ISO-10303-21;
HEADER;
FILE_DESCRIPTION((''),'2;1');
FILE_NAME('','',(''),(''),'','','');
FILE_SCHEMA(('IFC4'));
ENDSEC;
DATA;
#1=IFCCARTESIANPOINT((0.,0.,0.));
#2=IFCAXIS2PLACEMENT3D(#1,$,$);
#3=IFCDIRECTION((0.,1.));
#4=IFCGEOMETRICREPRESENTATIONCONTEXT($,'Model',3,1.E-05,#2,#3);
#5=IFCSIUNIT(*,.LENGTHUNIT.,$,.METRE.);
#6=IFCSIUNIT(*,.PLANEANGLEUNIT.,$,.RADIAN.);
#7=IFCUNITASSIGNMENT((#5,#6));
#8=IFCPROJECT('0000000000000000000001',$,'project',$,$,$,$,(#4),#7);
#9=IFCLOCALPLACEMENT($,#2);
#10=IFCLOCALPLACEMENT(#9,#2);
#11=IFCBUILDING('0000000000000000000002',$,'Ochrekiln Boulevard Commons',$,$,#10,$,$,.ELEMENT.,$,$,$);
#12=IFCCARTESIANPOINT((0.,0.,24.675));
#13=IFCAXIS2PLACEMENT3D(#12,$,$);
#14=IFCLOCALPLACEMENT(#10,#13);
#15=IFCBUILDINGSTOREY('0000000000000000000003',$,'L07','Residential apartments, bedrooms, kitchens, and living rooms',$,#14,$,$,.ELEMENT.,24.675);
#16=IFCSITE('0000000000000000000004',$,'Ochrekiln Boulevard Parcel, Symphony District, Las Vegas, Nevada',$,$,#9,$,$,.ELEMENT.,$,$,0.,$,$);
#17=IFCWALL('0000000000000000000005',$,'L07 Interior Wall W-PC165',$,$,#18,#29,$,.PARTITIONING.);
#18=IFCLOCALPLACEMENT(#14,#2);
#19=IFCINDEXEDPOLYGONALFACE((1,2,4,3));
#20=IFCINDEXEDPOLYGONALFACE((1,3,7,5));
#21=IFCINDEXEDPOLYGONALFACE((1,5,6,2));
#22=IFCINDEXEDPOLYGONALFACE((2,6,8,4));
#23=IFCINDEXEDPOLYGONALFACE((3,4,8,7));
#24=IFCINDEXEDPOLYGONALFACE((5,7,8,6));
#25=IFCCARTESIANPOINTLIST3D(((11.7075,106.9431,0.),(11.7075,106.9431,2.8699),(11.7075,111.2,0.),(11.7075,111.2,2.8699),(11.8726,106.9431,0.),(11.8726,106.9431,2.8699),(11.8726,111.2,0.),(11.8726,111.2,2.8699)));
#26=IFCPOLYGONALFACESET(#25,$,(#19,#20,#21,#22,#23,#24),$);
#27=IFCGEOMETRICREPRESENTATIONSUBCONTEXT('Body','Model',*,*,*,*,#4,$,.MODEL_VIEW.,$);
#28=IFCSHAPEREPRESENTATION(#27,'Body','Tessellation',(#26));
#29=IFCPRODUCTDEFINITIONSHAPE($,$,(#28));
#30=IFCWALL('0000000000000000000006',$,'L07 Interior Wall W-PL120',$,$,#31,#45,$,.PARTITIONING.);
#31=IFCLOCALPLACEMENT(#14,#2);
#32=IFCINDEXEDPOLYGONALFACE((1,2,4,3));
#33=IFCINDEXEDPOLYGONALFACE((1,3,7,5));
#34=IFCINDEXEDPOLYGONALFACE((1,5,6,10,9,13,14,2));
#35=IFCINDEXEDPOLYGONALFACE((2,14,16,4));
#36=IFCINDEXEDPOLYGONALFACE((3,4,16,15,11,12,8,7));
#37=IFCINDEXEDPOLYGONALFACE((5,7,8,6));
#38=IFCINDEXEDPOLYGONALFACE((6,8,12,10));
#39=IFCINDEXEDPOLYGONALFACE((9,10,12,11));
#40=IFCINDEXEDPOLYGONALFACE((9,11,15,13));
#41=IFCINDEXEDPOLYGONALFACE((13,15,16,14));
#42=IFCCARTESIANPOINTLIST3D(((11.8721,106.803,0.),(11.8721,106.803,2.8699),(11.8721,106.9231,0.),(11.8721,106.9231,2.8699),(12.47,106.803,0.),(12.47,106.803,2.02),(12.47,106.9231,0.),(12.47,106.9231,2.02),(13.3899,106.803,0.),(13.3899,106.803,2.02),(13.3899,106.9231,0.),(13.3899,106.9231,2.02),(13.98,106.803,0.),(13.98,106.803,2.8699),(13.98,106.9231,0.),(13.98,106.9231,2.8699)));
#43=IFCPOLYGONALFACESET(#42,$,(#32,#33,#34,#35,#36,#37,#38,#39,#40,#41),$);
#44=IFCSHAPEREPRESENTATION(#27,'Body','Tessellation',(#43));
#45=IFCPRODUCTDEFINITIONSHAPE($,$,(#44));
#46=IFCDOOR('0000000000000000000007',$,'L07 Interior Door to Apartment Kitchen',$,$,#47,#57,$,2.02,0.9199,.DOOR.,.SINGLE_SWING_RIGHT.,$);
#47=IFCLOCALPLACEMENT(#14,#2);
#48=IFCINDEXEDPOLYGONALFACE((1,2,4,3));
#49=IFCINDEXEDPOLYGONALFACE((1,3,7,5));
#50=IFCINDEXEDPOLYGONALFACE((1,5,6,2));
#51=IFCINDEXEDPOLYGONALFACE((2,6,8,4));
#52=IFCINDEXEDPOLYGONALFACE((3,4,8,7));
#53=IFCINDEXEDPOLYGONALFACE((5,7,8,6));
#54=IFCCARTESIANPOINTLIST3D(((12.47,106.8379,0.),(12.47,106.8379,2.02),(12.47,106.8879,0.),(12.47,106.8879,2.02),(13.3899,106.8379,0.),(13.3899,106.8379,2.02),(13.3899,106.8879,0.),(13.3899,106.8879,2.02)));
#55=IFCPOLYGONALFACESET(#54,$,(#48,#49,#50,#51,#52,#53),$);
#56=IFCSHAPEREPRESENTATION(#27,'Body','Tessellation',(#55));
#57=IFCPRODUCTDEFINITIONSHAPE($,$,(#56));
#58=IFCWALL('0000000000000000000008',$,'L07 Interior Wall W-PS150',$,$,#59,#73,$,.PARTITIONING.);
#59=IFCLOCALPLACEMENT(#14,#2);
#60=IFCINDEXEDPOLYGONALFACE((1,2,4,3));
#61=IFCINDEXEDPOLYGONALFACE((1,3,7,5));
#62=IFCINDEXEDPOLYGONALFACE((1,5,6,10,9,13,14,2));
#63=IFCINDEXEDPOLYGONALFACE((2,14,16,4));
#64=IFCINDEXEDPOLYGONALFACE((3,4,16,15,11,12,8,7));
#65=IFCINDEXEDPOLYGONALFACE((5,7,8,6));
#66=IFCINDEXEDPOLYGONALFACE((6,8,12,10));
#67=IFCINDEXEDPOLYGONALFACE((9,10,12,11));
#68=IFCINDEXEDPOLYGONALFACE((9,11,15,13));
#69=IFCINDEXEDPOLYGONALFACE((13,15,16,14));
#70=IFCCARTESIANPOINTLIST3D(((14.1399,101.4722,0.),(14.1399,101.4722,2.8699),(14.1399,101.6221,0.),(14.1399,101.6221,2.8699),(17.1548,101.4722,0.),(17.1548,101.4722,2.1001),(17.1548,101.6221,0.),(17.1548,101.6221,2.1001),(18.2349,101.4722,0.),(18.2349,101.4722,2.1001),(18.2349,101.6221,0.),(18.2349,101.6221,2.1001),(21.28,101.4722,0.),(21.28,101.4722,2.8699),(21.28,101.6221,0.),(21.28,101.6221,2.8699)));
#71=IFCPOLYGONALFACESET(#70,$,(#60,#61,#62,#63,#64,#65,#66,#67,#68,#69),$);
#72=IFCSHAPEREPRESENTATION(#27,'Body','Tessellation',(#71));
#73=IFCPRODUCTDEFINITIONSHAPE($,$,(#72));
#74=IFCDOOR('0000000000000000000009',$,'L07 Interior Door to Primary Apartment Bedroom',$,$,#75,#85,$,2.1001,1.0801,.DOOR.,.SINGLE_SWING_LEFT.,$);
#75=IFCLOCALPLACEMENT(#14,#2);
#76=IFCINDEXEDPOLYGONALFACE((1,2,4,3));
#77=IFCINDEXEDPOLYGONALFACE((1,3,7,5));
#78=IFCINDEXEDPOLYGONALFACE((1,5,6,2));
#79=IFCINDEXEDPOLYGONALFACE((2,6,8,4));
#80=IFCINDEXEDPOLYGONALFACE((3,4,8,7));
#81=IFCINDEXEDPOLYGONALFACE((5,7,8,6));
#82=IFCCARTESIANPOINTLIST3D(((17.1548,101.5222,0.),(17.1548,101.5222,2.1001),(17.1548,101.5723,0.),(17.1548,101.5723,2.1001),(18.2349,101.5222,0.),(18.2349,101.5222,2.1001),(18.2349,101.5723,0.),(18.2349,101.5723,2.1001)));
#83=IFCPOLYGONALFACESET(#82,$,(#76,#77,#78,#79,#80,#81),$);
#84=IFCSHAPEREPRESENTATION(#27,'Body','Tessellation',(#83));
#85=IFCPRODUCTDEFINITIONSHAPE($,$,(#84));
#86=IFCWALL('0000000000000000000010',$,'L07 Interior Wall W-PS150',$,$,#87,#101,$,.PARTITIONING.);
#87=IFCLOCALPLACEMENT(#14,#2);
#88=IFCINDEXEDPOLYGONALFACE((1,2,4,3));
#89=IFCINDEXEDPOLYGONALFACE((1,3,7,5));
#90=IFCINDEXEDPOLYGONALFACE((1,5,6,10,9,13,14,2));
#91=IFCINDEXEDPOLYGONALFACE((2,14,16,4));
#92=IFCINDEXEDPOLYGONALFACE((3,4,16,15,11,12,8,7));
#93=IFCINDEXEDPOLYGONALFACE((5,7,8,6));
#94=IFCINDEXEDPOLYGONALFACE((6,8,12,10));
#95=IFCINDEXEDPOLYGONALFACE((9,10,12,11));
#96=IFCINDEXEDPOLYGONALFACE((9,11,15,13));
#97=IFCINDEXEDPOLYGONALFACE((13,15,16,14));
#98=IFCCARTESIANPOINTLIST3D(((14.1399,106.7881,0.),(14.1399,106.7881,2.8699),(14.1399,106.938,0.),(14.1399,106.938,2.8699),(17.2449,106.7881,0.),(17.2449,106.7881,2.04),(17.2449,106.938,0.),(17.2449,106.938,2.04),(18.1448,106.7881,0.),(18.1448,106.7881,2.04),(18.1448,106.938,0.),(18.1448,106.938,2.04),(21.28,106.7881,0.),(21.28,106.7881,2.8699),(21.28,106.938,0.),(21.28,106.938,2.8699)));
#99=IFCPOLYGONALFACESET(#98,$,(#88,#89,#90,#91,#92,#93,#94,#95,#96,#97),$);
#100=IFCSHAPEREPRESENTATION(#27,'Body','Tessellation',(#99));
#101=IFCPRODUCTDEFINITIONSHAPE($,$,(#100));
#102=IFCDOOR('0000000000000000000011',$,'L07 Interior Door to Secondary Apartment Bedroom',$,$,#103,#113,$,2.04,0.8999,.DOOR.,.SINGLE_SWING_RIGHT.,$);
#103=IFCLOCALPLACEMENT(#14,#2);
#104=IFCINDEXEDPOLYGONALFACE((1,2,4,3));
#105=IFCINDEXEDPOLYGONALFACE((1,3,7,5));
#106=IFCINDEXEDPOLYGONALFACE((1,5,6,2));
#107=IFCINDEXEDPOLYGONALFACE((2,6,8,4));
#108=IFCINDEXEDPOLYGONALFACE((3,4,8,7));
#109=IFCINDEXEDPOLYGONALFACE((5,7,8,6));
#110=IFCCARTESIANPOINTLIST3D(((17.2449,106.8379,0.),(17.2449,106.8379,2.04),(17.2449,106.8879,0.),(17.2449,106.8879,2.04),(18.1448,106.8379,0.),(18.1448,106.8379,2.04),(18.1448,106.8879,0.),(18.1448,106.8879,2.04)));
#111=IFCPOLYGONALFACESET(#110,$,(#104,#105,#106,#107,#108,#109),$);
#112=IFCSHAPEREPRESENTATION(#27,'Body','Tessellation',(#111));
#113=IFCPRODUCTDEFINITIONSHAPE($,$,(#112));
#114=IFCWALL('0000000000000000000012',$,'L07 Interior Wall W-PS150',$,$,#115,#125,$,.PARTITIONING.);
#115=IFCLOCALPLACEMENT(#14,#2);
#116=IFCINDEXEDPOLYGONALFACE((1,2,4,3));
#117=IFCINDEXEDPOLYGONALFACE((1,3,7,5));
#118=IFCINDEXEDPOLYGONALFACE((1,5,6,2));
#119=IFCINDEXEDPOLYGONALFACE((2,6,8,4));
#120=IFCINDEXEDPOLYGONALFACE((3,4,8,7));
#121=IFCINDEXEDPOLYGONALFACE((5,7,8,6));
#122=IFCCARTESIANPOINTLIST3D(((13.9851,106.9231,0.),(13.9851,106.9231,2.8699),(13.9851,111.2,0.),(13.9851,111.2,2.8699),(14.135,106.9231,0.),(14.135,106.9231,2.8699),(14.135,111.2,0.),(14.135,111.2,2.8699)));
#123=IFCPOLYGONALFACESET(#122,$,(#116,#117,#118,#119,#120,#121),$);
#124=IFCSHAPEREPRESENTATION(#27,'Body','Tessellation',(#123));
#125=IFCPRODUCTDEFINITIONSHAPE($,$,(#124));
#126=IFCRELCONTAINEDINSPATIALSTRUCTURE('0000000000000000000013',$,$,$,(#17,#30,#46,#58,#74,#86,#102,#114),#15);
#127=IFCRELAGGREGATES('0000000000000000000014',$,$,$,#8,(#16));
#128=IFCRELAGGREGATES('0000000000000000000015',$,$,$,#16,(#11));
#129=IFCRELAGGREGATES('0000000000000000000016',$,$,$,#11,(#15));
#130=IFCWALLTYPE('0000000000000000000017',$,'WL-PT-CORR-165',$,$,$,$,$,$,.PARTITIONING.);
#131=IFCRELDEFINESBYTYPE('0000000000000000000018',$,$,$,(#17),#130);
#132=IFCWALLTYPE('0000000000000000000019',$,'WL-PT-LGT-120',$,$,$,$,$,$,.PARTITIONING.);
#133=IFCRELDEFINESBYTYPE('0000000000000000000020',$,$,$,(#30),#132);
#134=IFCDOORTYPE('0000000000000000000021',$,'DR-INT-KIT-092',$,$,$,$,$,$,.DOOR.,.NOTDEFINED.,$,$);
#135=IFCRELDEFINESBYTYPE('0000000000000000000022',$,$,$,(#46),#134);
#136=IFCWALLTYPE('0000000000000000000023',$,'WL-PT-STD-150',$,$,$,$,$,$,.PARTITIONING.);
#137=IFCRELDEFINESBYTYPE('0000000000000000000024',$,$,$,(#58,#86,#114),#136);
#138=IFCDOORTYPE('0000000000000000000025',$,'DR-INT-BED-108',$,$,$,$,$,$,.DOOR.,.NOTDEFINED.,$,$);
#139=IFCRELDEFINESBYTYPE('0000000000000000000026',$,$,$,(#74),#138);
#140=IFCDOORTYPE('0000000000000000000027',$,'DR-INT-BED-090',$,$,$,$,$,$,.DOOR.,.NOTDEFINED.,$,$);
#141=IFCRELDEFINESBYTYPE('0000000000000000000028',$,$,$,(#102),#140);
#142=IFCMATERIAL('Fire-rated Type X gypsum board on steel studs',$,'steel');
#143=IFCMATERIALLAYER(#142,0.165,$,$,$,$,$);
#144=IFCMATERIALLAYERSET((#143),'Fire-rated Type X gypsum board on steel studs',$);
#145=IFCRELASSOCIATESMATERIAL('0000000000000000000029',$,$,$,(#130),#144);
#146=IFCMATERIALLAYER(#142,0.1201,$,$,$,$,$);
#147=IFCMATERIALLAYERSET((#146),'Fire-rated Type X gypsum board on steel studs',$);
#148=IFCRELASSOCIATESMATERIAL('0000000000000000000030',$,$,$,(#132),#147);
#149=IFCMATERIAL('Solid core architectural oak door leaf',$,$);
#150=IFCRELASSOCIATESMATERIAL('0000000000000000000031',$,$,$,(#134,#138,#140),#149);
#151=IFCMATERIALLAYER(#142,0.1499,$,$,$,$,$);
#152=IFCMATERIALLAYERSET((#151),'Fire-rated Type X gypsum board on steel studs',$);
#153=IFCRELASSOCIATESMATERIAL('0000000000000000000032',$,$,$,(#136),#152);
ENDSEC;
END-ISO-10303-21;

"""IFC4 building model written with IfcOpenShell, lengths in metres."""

from ifc_helpers import new_model, si_unit, direction, frame, frame_2d, origin, place, context, subcontext, project, spatial, rectangle, extrude, material, layer, layer_set, type_object, element, fill, save


model = new_model("IFC4")

# Units and contexts
model_context = context("Model", 3, precision=1e-05, world=origin(), true_north=direction((0.0, 1.0)))
body_context = subcontext(model_context, "Body", "Model", "MODEL_VIEW")
ifc_project = project(units=[si_unit("LENGTHUNIT", "METRE"), si_unit("PLANEANGLEUNIT", "RADIAN")], contexts=[model_context])

# Site, building, storey
site_placement = place(None, origin())
site = spatial("IfcSite", under=ifc_project, at=site_placement, Name="Ochrekiln Boulevard Parcel, Symphony District, Las Vegas, Nevada", CompositionType="ELEMENT", RefElevation=0.0)
building_placement = place(site_placement, origin())
building = spatial("IfcBuilding", under=site, at=building_placement, Name="Ochrekiln Boulevard Commons", CompositionType="ELEMENT")
storey_placement = place(building_placement, frame((0.0, 0.0, 24.675)))
storey = spatial("IfcBuildingStorey", under=building, at=storey_placement, Name="L07", Description="Residential apartments, bedrooms, kitchens, and living rooms", CompositionType="ELEMENT", Elevation=24.675)

# Shared definitions
ifc_material_1 = material(Name="Solid core architectural oak door leaf")
ifc_material_2 = material(Name="Fire-rated Type X gypsum board on steel studs", Category="steel")
ifc_layer_1 = layer(ifc_material_2, 0.165)
ifc_layer_set_1 = layer_set([ifc_layer_1], Name="Fire-rated Type X gypsum board on steel studs")
wall_type_1 = type_object("IfcWallType", Name="WL-PT-CORR-165", PredefinedType="PARTITIONING", material=ifc_layer_set_1)

# Wall
wall_1_placement = place(storey_placement, frame((11.79, 106.9431, 0.0), z_axis=(0.0, 0.0, 1.0), x_axis=(0.0, 1.0, 0.0)))
element("IfcWall", 1, at=wall_1_placement, inside=storey, type_object=wall_type_1, Name="L07 Interior Wall W-PC165", PredefinedType="PARTITIONING", context=body_context, shape_type="SweptSolid", body=[
    extrude(rectangle(XDim=4.2568, YDim=0.165, at=frame_2d((2.1284, 0.0))), origin(), (0.0, 0.0, 1.0), 2.8699),
])

# Walls, openings, doors
ifc_layer_2 = layer(ifc_material_2, 0.1201)
ifc_layer_set_2 = layer_set([ifc_layer_2], Name="Fire-rated Type X gypsum board on steel studs")
wall_type_2 = type_object("IfcWallType", Name="WL-PT-LGT-120", PredefinedType="PARTITIONING", material=ifc_layer_set_2)
wall_2_placement = place(storey_placement, frame((11.8721, 106.863, 0.0), z_axis=(0.0, 0.0, 1.0), x_axis=(1.0, 0.0, 0.0)))
wall_2 = element("IfcWall", 2, at=wall_2_placement, inside=storey, type_object=wall_type_2, Name="L07 Interior Wall W-PL120", PredefinedType="PARTITIONING", context=body_context, shape_type="SweptSolid", body=[
    extrude(rectangle(XDim=2.1079, YDim=0.1201, at=frame_2d((1.054, 0.0))), origin(), (0.0, 0.0, 1.0), 2.8699),
])
opening_1_placement = place(wall_2_placement, frame((0.5979, 0.0, 0.0)))
opening_1 = element("IfcOpeningElement", 3, at=opening_1_placement, cuts=wall_2, PredefinedType="OPENING", context=body_context, shape_type="SweptSolid", body=[
    extrude(rectangle(XDim=0.9199, YDim=2.02, at=frame_2d((0.46, 1.01))), frame((0.0, 0.0701, 0.0), z_axis=(0.0, -1.0, 0.0), x_axis=(1.0, 0.0, 0.0)), (0.0, 0.0, 1.0), 0.1401),
])
door_type_1 = type_object("IfcDoorType", Name="DR-INT-KIT-092", OperationType="NOTDEFINED", PredefinedType="DOOR", material=ifc_material_1)
door_1_placement = place(opening_1_placement, origin())
door_1 = element("IfcDoor", 4, at=door_1_placement, inside=storey, type_object=door_type_1, Name="L07 Interior Door to Apartment Kitchen", OperationType="SINGLE_SWING_RIGHT", OverallHeight=2.02, OverallWidth=0.9199, PredefinedType="DOOR", context=body_context, shape_type="SweptSolid", body=[
    extrude(rectangle(XDim=0.9199, YDim=2.02, at=frame_2d((0.46, 1.01))), frame((0.0, 0.0249, 0.0), z_axis=(0.0, -1.0, 0.0), x_axis=(1.0, 0.0, 0.0)), (0.0, 0.0, 1.0), 0.05),
])
fill(opening_1, door_1)
ifc_layer_3 = layer(ifc_material_2, 0.1499)
ifc_layer_set_3 = layer_set([ifc_layer_3], Name="Fire-rated Type X gypsum board on steel studs")
wall_type_3 = type_object("IfcWallType", Name="WL-PT-STD-150", PredefinedType="PARTITIONING", material=ifc_layer_set_3)
wall_3_placement = place(storey_placement, frame((14.1399, 101.5471, 0.0), z_axis=(0.0, 0.0, 1.0), x_axis=(1.0, 0.0, 0.0)))
wall_3 = element("IfcWall", 5, at=wall_3_placement, inside=storey, type_object=wall_type_3, Name="L07 Interior Wall W-PS150", PredefinedType="PARTITIONING", context=body_context, shape_type="SweptSolid", body=[
    extrude(rectangle(XDim=7.1401, YDim=0.1499, at=frame_2d((3.5701, 0.0))), origin(), (0.0, 0.0, 1.0), 2.8699),
])
opening_2_placement = place(wall_3_placement, frame((3.0149, 0.0, 0.0)))
opening_2 = element("IfcOpeningElement", 6, at=opening_2_placement, cuts=wall_3, PredefinedType="OPENING", context=body_context, shape_type="SweptSolid", body=[
    extrude(rectangle(XDim=1.0801, YDim=2.1001, at=frame_2d((0.54, 1.05))), frame((0.0, 0.085, 0.0), z_axis=(0.0, -1.0, 0.0), x_axis=(1.0, 0.0, 0.0)), (0.0, 0.0, 1.0), 0.1699),
])
door_type_2 = type_object("IfcDoorType", Name="DR-INT-BED-108", OperationType="NOTDEFINED", PredefinedType="DOOR", material=ifc_material_1)
door_2_placement = place(opening_2_placement, frame((1.0801, 0.0, 0.0), z_axis=(0.0, 0.0, 1.0), x_axis=(-1.0, 0.0, 0.0)))
door_2 = element("IfcDoor", 7, at=door_2_placement, inside=storey, type_object=door_type_2, Name="L07 Interior Door to Primary Apartment Bedroom", OperationType="SINGLE_SWING_LEFT", OverallHeight=2.1001, OverallWidth=1.0801, PredefinedType="DOOR", context=body_context, shape_type="SweptSolid", body=[
    extrude(rectangle(XDim=1.0801, YDim=2.1001, at=frame_2d((0.54, 1.05))), frame((0.0, 0.0249, 0.0), z_axis=(0.0, -1.0, 0.0), x_axis=(1.0, 0.0, 0.0)), (0.0, 0.0, 1.0), 0.05),
])
fill(opening_2, door_2)
wall_4_placement = place(storey_placement, frame((14.1399, 106.863, 0.0), z_axis=(0.0, 0.0, 1.0), x_axis=(1.0, 0.0, 0.0)))
wall_4 = element("IfcWall", 8, at=wall_4_placement, inside=storey, type_object=wall_type_3, Name="L07 Interior Wall W-PS150", PredefinedType="PARTITIONING", context=body_context, shape_type="SweptSolid", body=[
    extrude(rectangle(XDim=7.1401, YDim=0.1499, at=frame_2d((3.5701, 0.0))), origin(), (0.0, 0.0, 1.0), 2.8699),
])
opening_3_placement = place(wall_4_placement, frame((3.105, 0.0, 0.0)))
opening_3 = element("IfcOpeningElement", 9, at=opening_3_placement, cuts=wall_4, PredefinedType="OPENING", context=body_context, shape_type="SweptSolid", body=[
    extrude(rectangle(XDim=0.8999, YDim=2.04, at=frame_2d((0.45, 1.02))), frame((0.0, 0.085, 0.0), z_axis=(0.0, -1.0, 0.0), x_axis=(1.0, 0.0, 0.0)), (0.0, 0.0, 1.0), 0.1699),
])
door_type_3 = type_object("IfcDoorType", Name="DR-INT-BED-090", OperationType="NOTDEFINED", PredefinedType="DOOR", material=ifc_material_1)
door_3_placement = place(opening_3_placement, origin())
door_3 = element("IfcDoor", 10, at=door_3_placement, inside=storey, type_object=door_type_3, Name="L07 Interior Door to Secondary Apartment Bedroom", OperationType="SINGLE_SWING_RIGHT", OverallHeight=2.04, OverallWidth=0.8999, PredefinedType="DOOR", context=body_context, shape_type="SweptSolid", body=[
    extrude(rectangle(XDim=0.8999, YDim=2.04, at=frame_2d((0.45, 1.02))), frame((0.0, 0.0249, 0.0), z_axis=(0.0, -1.0, 0.0), x_axis=(1.0, 0.0, 0.0)), (0.0, 0.0, 1.0), 0.05),
])
fill(opening_3, door_3)

# Wall
wall_5_placement = place(storey_placement, frame((14.0601, 106.9231, 0.0), z_axis=(0.0, 0.0, 1.0), x_axis=(0.0, 1.0, 0.0)))
element("IfcWall", 11, at=wall_5_placement, inside=storey, type_object=wall_type_3, Name="L07 Interior Wall W-PS150", PredefinedType="PARTITIONING", context=body_context, shape_type="SweptSolid", body=[
    extrude(rectangle(XDim=4.2769, YDim=0.1499, at=frame_2d((2.1384, 0.0))), origin(), (0.0, 0.0, 1.0), 2.8699),
])

save(model, "model.ifc")
